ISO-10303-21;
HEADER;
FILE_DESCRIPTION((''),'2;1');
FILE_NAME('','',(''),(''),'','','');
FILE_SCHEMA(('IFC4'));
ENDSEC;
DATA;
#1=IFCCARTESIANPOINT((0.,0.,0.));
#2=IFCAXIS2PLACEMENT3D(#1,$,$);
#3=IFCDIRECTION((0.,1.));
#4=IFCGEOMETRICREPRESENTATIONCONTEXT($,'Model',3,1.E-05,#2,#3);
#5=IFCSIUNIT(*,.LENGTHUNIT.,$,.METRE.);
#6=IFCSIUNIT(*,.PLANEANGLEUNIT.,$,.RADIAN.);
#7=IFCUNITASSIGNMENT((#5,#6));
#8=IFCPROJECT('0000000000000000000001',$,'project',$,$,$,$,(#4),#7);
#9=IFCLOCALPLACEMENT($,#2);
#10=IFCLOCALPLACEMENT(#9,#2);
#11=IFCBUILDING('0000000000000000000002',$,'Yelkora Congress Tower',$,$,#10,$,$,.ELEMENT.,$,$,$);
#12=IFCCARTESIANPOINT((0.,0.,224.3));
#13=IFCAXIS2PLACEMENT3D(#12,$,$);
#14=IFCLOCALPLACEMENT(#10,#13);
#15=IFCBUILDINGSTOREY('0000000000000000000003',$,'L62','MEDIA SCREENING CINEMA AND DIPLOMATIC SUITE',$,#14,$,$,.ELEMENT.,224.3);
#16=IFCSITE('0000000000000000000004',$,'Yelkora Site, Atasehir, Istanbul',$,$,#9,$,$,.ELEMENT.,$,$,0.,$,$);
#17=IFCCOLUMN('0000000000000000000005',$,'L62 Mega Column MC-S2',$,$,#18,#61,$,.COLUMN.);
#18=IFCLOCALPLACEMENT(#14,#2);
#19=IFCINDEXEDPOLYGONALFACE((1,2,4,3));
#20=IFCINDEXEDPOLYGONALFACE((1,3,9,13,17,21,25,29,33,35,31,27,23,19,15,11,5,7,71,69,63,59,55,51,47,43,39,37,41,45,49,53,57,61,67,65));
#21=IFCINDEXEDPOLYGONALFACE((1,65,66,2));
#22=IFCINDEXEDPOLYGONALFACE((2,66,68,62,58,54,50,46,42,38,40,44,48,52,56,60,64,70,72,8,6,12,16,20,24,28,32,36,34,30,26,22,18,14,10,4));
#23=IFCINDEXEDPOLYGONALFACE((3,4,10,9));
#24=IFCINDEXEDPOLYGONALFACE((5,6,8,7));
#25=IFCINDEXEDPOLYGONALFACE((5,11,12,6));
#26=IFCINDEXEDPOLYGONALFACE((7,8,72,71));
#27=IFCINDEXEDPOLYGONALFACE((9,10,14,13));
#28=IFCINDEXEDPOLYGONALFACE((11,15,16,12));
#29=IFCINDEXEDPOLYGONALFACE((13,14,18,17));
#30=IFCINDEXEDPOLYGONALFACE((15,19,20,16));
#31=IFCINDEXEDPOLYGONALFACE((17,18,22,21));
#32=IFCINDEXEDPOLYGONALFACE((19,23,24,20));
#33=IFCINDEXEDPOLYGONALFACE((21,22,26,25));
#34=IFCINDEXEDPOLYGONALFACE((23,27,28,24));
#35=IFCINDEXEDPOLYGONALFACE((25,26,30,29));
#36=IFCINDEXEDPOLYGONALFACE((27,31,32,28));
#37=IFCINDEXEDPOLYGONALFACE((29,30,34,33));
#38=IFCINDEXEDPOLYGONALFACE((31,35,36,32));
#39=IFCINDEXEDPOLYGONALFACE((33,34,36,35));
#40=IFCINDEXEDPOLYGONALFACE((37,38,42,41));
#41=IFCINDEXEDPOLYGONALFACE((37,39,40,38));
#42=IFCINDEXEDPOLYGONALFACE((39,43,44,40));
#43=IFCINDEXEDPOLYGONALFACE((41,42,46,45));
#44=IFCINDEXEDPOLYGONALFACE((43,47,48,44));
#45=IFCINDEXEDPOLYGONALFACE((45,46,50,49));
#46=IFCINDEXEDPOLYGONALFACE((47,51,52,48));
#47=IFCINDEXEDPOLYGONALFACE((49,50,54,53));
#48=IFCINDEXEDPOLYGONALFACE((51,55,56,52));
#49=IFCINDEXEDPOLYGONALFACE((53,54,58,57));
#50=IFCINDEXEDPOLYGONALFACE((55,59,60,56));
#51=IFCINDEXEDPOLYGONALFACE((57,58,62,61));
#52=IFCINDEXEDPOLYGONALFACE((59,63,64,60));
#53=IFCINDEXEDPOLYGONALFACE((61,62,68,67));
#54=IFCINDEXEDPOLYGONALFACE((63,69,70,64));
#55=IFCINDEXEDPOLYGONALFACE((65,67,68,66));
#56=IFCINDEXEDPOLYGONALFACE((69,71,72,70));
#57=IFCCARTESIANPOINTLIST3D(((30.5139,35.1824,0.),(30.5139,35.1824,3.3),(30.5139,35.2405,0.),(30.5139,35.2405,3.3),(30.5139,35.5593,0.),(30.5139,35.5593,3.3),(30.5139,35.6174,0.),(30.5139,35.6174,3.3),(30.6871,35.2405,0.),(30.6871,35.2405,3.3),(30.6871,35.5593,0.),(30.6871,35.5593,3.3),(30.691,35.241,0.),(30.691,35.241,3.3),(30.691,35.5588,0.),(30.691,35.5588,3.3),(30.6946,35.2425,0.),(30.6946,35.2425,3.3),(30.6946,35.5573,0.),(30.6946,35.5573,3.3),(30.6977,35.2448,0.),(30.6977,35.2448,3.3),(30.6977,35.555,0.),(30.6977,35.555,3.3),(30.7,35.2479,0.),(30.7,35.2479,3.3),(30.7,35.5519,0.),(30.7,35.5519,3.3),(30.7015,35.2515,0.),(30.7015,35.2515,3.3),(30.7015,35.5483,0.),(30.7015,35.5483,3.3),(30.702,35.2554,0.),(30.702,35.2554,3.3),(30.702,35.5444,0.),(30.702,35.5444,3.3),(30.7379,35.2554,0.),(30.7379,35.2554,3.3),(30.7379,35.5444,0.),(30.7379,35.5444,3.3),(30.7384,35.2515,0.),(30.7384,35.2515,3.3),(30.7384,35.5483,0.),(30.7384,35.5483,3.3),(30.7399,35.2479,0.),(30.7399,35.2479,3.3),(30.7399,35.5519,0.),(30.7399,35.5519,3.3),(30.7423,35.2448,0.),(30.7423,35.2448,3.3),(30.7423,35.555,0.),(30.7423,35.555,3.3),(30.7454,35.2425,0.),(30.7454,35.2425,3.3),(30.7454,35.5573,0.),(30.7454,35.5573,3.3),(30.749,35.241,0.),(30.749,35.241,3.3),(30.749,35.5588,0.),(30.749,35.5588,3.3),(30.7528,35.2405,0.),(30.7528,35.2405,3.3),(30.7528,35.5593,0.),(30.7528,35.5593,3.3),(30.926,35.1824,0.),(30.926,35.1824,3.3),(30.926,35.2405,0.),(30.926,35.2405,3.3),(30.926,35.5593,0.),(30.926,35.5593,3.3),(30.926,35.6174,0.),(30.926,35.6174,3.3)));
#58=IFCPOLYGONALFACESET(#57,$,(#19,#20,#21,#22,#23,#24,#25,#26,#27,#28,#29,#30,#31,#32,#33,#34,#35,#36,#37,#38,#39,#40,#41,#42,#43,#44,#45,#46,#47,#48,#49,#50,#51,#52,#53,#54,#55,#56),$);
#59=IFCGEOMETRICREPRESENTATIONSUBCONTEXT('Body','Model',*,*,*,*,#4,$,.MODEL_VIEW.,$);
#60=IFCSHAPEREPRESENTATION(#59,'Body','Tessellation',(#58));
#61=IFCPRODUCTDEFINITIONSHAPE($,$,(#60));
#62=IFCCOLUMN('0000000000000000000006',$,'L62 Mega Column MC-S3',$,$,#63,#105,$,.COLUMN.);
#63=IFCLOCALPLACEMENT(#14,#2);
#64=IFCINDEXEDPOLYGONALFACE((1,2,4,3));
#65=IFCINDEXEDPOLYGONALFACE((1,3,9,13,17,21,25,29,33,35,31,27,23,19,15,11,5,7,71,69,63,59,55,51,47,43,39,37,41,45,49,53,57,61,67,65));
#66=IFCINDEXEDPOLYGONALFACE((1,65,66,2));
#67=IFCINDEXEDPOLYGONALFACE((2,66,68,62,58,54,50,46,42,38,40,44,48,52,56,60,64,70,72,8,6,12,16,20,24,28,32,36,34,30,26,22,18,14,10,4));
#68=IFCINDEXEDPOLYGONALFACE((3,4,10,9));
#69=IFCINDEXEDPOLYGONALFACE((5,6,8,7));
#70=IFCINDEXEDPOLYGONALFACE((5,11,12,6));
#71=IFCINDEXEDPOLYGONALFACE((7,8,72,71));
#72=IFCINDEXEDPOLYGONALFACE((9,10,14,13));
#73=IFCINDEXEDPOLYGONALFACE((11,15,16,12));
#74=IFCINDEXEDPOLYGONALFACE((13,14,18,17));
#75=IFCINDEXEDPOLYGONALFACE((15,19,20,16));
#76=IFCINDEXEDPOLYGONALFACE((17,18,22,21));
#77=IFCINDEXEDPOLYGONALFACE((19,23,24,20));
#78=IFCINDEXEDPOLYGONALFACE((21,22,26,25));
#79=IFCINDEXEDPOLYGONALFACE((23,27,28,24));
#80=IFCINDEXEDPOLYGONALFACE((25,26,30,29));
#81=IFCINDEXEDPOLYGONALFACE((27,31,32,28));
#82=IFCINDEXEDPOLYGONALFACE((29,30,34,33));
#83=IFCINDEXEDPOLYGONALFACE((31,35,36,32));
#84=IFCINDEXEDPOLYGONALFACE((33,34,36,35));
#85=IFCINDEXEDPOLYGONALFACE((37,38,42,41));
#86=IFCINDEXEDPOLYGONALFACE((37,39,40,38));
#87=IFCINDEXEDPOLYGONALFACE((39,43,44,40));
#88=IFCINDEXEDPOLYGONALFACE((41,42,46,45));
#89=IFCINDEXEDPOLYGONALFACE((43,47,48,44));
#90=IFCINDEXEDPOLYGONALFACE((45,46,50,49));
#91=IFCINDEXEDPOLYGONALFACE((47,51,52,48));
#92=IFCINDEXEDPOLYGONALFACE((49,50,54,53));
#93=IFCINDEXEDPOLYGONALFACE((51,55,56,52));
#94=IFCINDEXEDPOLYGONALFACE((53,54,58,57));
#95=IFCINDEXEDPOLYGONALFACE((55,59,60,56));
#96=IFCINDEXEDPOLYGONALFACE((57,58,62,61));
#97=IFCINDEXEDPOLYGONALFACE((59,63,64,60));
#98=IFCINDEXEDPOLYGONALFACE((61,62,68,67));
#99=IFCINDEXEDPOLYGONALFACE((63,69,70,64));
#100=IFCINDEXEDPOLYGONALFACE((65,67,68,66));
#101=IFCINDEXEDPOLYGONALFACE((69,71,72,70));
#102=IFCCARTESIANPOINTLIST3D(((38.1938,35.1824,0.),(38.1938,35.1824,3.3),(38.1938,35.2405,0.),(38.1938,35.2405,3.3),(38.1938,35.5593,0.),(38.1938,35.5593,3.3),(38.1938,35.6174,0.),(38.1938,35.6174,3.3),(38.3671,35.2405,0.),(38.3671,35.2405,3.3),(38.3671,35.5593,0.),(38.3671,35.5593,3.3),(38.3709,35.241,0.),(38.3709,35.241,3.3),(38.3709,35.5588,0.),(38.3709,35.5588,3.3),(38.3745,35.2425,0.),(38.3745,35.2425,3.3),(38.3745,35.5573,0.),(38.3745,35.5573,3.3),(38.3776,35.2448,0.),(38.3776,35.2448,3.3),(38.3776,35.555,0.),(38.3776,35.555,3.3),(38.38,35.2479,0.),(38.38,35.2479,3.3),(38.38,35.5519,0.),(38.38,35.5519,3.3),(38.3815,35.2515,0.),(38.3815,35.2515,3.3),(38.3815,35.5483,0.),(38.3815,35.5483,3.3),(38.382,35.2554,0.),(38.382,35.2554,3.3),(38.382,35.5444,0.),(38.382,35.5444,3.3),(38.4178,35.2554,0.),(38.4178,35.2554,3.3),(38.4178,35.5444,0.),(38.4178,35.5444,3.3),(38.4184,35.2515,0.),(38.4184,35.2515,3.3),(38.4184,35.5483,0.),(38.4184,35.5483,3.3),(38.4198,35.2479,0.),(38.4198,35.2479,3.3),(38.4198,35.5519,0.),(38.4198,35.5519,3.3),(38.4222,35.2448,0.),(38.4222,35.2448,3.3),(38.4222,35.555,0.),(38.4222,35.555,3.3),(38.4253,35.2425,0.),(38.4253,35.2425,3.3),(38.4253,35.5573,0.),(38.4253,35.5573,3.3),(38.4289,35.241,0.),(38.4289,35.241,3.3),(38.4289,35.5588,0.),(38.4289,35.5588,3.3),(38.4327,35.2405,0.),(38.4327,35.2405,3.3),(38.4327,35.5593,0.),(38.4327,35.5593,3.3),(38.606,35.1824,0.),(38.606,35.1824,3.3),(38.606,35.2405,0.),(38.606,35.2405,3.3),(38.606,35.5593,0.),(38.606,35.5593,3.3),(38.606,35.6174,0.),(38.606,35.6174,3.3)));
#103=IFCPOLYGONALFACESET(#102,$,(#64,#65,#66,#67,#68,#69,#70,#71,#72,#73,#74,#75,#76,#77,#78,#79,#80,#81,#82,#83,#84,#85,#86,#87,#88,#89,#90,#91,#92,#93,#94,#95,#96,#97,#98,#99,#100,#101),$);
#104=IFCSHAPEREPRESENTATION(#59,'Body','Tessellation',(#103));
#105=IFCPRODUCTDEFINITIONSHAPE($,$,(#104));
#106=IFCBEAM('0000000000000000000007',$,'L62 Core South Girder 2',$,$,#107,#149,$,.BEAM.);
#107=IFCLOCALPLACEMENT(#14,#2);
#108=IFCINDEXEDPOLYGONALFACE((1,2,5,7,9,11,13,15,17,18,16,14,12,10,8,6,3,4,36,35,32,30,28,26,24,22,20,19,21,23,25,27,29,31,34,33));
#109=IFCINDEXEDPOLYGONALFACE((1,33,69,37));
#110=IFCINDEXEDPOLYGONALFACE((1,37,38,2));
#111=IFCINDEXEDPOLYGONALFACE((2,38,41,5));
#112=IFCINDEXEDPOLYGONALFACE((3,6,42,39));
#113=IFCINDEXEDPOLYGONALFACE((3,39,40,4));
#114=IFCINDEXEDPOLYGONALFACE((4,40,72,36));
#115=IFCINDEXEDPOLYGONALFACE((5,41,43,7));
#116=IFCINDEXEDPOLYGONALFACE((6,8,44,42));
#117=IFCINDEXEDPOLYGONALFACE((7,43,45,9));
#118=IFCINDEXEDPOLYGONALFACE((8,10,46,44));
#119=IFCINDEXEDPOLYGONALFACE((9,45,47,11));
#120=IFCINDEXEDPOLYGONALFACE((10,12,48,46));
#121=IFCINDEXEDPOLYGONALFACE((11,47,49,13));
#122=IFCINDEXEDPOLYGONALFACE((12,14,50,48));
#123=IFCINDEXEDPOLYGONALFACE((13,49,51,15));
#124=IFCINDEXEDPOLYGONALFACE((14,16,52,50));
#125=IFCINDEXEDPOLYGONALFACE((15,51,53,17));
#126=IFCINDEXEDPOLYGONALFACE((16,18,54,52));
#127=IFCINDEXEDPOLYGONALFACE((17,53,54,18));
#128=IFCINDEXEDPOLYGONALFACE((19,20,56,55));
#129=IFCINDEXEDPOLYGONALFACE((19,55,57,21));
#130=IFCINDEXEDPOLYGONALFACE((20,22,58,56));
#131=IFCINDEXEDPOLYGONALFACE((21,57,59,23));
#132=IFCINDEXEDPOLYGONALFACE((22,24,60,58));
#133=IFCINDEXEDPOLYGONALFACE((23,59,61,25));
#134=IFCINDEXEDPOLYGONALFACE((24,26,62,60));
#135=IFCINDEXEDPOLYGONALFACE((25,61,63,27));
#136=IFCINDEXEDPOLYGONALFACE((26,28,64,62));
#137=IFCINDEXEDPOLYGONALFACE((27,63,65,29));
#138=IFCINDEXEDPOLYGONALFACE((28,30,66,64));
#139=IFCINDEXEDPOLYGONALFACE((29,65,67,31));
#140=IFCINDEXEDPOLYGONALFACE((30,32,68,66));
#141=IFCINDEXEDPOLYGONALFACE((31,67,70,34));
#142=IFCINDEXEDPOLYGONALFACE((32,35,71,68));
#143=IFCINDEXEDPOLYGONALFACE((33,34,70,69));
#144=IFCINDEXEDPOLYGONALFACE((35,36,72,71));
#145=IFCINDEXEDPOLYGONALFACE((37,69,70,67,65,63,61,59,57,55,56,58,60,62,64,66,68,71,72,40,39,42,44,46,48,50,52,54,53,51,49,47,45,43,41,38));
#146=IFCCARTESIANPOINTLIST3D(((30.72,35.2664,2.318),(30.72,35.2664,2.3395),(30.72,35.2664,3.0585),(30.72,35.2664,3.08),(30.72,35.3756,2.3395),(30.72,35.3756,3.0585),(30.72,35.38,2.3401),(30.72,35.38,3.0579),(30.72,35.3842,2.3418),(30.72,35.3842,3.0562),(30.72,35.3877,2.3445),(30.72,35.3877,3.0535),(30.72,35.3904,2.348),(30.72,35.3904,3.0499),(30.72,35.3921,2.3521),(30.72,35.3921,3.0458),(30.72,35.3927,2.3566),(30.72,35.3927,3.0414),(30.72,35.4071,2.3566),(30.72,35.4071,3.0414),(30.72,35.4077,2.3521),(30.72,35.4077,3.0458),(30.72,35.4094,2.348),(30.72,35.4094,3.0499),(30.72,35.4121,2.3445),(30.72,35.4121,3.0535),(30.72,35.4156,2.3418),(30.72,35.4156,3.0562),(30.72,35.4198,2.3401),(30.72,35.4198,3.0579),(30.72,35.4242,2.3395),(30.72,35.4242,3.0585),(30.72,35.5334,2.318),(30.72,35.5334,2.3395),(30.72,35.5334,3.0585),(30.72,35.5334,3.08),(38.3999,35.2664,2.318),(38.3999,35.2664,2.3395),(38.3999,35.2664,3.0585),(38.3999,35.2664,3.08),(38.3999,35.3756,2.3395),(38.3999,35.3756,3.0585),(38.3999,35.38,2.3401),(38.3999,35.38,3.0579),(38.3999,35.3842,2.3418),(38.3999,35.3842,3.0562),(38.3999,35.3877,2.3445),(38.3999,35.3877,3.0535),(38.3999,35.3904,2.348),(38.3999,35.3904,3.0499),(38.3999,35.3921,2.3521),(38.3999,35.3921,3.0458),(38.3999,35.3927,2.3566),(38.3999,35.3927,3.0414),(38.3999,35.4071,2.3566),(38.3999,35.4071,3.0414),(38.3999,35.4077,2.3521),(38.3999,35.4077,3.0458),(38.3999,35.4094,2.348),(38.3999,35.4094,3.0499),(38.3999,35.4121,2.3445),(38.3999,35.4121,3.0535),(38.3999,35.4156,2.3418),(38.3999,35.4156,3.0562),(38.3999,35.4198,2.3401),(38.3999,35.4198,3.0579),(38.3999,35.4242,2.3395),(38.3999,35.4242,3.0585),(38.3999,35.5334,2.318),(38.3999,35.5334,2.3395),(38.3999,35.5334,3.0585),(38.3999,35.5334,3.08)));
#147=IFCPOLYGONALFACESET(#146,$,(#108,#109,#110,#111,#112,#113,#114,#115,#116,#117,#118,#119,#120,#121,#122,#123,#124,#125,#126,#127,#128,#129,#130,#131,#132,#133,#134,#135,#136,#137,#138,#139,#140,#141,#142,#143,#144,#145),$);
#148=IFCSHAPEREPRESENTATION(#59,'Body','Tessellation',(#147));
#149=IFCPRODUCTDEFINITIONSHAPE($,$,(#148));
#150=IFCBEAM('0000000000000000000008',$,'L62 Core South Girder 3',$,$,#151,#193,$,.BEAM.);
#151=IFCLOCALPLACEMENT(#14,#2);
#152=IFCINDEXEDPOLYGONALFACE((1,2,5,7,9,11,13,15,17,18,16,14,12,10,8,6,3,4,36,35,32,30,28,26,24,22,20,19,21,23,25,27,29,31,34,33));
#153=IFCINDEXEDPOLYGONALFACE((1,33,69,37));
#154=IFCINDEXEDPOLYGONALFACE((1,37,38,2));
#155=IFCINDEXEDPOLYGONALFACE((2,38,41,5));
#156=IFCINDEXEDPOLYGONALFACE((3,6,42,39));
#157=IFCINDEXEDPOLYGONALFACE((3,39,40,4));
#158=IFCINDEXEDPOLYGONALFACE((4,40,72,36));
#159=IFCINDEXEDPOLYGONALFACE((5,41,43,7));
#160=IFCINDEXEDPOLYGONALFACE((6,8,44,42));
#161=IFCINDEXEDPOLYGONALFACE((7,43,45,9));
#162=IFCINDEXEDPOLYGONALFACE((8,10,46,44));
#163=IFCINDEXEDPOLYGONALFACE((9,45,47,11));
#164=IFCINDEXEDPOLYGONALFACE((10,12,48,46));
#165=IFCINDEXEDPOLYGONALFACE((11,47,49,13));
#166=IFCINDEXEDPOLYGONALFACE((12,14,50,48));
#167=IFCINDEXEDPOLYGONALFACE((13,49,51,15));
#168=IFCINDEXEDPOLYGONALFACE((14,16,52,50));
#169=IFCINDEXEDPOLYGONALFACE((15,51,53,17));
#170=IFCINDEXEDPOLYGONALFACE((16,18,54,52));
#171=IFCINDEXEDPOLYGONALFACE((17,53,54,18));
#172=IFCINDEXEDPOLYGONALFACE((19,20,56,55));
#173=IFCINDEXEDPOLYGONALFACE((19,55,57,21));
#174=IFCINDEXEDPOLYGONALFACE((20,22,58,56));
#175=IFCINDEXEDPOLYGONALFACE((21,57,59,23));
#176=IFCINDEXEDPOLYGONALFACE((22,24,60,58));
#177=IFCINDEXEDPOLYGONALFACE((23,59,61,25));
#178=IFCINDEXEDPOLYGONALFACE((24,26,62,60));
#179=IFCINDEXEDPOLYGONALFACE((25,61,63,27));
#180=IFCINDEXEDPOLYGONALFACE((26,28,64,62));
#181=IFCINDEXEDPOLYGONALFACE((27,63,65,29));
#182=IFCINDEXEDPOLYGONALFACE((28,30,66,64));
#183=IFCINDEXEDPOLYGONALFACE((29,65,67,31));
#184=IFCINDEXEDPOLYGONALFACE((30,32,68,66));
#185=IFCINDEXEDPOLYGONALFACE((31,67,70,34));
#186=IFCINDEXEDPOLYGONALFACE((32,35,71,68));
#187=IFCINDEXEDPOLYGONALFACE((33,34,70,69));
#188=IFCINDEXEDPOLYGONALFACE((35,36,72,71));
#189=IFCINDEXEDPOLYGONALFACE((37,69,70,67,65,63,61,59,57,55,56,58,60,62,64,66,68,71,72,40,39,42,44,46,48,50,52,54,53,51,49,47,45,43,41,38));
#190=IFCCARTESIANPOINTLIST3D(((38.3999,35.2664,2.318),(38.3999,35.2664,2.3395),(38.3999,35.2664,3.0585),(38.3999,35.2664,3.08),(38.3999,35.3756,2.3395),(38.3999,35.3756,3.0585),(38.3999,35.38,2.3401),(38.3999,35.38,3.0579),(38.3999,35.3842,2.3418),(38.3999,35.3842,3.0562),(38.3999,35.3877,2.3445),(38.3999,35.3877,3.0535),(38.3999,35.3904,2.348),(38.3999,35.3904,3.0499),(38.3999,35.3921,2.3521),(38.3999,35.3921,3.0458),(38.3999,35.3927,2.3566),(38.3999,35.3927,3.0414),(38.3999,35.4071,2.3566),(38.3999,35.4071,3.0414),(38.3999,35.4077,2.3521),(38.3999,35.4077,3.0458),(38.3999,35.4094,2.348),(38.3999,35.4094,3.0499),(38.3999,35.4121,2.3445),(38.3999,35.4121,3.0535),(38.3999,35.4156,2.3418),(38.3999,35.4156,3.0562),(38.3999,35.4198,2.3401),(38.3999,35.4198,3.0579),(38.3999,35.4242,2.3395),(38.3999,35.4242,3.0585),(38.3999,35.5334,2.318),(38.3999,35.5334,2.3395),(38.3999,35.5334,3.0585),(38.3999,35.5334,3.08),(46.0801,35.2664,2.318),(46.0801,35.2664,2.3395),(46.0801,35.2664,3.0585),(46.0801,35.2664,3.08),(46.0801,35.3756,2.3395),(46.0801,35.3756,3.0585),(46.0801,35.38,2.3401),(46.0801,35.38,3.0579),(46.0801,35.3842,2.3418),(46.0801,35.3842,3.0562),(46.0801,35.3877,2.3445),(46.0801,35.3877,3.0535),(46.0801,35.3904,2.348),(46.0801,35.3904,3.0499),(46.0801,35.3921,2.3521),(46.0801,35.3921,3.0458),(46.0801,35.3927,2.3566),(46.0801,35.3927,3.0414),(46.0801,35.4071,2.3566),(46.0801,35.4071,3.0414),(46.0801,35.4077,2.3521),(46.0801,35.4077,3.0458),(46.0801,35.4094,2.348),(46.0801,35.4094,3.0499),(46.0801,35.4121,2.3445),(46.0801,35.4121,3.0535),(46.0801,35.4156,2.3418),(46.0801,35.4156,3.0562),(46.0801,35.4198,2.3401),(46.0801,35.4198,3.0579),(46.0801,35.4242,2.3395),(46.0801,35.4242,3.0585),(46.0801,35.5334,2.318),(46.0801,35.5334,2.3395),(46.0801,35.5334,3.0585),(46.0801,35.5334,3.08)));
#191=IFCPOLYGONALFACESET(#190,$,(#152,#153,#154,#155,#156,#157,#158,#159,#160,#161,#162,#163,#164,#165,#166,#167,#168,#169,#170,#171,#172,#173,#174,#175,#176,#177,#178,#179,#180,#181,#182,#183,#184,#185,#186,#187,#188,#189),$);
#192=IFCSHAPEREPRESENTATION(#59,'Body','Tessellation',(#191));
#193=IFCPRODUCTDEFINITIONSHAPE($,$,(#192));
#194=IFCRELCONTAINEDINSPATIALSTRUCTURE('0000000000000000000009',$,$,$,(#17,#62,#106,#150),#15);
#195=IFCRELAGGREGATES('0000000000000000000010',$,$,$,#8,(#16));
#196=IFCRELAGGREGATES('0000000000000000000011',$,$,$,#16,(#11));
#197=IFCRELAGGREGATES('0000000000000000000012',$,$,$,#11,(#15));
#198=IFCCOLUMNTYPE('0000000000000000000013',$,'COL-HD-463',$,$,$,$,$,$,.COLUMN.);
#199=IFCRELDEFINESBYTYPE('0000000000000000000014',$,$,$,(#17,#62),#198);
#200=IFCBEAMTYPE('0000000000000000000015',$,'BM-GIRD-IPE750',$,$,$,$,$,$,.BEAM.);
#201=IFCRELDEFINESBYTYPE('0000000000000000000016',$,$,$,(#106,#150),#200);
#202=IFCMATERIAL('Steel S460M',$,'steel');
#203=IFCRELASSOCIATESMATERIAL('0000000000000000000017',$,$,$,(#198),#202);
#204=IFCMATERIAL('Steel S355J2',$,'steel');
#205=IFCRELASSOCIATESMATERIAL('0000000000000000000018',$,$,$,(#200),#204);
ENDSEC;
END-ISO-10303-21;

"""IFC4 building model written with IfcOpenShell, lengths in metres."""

from ifc_helpers import new_model, si_unit, direction, frame, origin, origin_2d, place, context, subcontext, project, spatial, i_section, extrude, material, material_profile, profile_set, type_object, element, save


model = new_model("IFC4")

# Units and contexts
model_context = context("Model", 3, precision=1e-05, world=origin(), true_north=direction((0.0, 1.0)))
body_context = subcontext(model_context, "Body", "Model", "MODEL_VIEW")
ifc_project = project(units=[si_unit("LENGTHUNIT", "METRE"), si_unit("PLANEANGLEUNIT", "RADIAN")], contexts=[model_context])

# Site, building, storey
site_placement = place(None, origin())
site = spatial("IfcSite", under=ifc_project, at=site_placement, Name="Yelkora Site, Atasehir, Istanbul", CompositionType="ELEMENT", RefElevation=0.0)
building_placement = place(site_placement, origin())
building = spatial("IfcBuilding", under=site, at=building_placement, Name="Yelkora Congress Tower", CompositionType="ELEMENT")
storey_placement = place(building_placement, frame((0.0, 0.0, 224.3)))
storey = spatial("IfcBuildingStorey", under=building, at=storey_placement, Name="L62", Description="MEDIA SCREENING CINEMA AND DIPLOMATIC SUITE", CompositionType="ELEMENT", Elevation=224.3)

# Columns
ifc_material_1 = material(Name="Steel S460M", Category="steel")
ifc_material_profile_1 = material_profile(ifc_material_1, i_section(OverallWidth=0.4121, OverallDepth=0.4351, WebThickness=0.0359, FlangeThickness=0.0581, FilletRadius=0.0149, at=origin_2d()), Name="HD 400x463")
ifc_profile_set_1 = profile_set([ifc_material_profile_1], Name="Steel S460M")
column_type = type_object("IfcColumnType", Name="COL-HD-463", PredefinedType="COLUMN", material=ifc_profile_set_1)
for number, where, z_axis, x_axis, name in (
    (1, (30.72, 35.3999, 0.0), (0.0, 0.0, 1.0), (1.0, 0.0, 0.0), "L62 Mega Column MC-S2"),
    (2, (38.3999, 35.3999, 0.0), (0.0, 0.0, 1.0), (1.0, 0.0, 0.0), "L62 Mega Column MC-S3"),
):
    element("IfcColumn", number, at=place(storey_placement, frame(where, z_axis=z_axis, x_axis=x_axis)), inside=storey, type_object=column_type, Name=name, PredefinedType="COLUMN", context=body_context, shape_type="SweptSolid", body=[
        extrude(i_section(OverallWidth=0.4121, OverallDepth=0.4351, WebThickness=0.0359, FlangeThickness=0.0581, FilletRadius=0.0149, at=origin_2d()), origin(), (0.0, 0.0, 1.0), 3.3),
    ])

# Beams
ifc_material_2 = material(Name="Steel S355J2", Category="steel")
ifc_material_profile_2 = material_profile(ifc_material_2, i_section(OverallWidth=0.2671, OverallDepth=0.762, WebThickness=0.0144, FlangeThickness=0.0215, FilletRadius=0.0171, at=origin_2d()), Name="IPE 750x173")
ifc_profile_set_2 = profile_set([ifc_material_profile_2], Name="Steel S355J2")
beam_type = type_object("IfcBeamType", Name="BM-GIRD-IPE750", PredefinedType="BEAM", material=ifc_profile_set_2)
beam_1_placement = place(storey_placement, frame((30.72, 35.3999, 2.699), z_axis=(1.0, 0.0, 0.0), x_axis=(0.0, 1.0, 0.0)))
element("IfcBeam", 3, at=beam_1_placement, inside=storey, type_object=beam_type, Name="L62 Core South Girder 2", PredefinedType="BEAM", context=body_context, shape_type="SweptSolid", body=[
    extrude(i_section(OverallWidth=0.2671, OverallDepth=0.762, WebThickness=0.0144, FlangeThickness=0.0215, FilletRadius=0.0171, at=origin_2d()), origin(), (0.0, 0.0, 1.0), 7.6799),
])
beam_2_placement = place(storey_placement, frame((38.3999, 35.3999, 2.699), z_axis=(1.0, 0.0, 0.0), x_axis=(0.0, 1.0, 0.0)))
element("IfcBeam", 4, at=beam_2_placement, inside=storey, type_object=beam_type, Name="L62 Core South Girder 3", PredefinedType="BEAM", context=body_context, shape_type="SweptSolid", body=[
    extrude(i_section(OverallWidth=0.2671, OverallDepth=0.762, WebThickness=0.0144, FlangeThickness=0.0215, FilletRadius=0.0171, at=origin_2d()), origin(), (0.0, 0.0, 1.0), 7.6802),
])

save(model, "model.ifc")
